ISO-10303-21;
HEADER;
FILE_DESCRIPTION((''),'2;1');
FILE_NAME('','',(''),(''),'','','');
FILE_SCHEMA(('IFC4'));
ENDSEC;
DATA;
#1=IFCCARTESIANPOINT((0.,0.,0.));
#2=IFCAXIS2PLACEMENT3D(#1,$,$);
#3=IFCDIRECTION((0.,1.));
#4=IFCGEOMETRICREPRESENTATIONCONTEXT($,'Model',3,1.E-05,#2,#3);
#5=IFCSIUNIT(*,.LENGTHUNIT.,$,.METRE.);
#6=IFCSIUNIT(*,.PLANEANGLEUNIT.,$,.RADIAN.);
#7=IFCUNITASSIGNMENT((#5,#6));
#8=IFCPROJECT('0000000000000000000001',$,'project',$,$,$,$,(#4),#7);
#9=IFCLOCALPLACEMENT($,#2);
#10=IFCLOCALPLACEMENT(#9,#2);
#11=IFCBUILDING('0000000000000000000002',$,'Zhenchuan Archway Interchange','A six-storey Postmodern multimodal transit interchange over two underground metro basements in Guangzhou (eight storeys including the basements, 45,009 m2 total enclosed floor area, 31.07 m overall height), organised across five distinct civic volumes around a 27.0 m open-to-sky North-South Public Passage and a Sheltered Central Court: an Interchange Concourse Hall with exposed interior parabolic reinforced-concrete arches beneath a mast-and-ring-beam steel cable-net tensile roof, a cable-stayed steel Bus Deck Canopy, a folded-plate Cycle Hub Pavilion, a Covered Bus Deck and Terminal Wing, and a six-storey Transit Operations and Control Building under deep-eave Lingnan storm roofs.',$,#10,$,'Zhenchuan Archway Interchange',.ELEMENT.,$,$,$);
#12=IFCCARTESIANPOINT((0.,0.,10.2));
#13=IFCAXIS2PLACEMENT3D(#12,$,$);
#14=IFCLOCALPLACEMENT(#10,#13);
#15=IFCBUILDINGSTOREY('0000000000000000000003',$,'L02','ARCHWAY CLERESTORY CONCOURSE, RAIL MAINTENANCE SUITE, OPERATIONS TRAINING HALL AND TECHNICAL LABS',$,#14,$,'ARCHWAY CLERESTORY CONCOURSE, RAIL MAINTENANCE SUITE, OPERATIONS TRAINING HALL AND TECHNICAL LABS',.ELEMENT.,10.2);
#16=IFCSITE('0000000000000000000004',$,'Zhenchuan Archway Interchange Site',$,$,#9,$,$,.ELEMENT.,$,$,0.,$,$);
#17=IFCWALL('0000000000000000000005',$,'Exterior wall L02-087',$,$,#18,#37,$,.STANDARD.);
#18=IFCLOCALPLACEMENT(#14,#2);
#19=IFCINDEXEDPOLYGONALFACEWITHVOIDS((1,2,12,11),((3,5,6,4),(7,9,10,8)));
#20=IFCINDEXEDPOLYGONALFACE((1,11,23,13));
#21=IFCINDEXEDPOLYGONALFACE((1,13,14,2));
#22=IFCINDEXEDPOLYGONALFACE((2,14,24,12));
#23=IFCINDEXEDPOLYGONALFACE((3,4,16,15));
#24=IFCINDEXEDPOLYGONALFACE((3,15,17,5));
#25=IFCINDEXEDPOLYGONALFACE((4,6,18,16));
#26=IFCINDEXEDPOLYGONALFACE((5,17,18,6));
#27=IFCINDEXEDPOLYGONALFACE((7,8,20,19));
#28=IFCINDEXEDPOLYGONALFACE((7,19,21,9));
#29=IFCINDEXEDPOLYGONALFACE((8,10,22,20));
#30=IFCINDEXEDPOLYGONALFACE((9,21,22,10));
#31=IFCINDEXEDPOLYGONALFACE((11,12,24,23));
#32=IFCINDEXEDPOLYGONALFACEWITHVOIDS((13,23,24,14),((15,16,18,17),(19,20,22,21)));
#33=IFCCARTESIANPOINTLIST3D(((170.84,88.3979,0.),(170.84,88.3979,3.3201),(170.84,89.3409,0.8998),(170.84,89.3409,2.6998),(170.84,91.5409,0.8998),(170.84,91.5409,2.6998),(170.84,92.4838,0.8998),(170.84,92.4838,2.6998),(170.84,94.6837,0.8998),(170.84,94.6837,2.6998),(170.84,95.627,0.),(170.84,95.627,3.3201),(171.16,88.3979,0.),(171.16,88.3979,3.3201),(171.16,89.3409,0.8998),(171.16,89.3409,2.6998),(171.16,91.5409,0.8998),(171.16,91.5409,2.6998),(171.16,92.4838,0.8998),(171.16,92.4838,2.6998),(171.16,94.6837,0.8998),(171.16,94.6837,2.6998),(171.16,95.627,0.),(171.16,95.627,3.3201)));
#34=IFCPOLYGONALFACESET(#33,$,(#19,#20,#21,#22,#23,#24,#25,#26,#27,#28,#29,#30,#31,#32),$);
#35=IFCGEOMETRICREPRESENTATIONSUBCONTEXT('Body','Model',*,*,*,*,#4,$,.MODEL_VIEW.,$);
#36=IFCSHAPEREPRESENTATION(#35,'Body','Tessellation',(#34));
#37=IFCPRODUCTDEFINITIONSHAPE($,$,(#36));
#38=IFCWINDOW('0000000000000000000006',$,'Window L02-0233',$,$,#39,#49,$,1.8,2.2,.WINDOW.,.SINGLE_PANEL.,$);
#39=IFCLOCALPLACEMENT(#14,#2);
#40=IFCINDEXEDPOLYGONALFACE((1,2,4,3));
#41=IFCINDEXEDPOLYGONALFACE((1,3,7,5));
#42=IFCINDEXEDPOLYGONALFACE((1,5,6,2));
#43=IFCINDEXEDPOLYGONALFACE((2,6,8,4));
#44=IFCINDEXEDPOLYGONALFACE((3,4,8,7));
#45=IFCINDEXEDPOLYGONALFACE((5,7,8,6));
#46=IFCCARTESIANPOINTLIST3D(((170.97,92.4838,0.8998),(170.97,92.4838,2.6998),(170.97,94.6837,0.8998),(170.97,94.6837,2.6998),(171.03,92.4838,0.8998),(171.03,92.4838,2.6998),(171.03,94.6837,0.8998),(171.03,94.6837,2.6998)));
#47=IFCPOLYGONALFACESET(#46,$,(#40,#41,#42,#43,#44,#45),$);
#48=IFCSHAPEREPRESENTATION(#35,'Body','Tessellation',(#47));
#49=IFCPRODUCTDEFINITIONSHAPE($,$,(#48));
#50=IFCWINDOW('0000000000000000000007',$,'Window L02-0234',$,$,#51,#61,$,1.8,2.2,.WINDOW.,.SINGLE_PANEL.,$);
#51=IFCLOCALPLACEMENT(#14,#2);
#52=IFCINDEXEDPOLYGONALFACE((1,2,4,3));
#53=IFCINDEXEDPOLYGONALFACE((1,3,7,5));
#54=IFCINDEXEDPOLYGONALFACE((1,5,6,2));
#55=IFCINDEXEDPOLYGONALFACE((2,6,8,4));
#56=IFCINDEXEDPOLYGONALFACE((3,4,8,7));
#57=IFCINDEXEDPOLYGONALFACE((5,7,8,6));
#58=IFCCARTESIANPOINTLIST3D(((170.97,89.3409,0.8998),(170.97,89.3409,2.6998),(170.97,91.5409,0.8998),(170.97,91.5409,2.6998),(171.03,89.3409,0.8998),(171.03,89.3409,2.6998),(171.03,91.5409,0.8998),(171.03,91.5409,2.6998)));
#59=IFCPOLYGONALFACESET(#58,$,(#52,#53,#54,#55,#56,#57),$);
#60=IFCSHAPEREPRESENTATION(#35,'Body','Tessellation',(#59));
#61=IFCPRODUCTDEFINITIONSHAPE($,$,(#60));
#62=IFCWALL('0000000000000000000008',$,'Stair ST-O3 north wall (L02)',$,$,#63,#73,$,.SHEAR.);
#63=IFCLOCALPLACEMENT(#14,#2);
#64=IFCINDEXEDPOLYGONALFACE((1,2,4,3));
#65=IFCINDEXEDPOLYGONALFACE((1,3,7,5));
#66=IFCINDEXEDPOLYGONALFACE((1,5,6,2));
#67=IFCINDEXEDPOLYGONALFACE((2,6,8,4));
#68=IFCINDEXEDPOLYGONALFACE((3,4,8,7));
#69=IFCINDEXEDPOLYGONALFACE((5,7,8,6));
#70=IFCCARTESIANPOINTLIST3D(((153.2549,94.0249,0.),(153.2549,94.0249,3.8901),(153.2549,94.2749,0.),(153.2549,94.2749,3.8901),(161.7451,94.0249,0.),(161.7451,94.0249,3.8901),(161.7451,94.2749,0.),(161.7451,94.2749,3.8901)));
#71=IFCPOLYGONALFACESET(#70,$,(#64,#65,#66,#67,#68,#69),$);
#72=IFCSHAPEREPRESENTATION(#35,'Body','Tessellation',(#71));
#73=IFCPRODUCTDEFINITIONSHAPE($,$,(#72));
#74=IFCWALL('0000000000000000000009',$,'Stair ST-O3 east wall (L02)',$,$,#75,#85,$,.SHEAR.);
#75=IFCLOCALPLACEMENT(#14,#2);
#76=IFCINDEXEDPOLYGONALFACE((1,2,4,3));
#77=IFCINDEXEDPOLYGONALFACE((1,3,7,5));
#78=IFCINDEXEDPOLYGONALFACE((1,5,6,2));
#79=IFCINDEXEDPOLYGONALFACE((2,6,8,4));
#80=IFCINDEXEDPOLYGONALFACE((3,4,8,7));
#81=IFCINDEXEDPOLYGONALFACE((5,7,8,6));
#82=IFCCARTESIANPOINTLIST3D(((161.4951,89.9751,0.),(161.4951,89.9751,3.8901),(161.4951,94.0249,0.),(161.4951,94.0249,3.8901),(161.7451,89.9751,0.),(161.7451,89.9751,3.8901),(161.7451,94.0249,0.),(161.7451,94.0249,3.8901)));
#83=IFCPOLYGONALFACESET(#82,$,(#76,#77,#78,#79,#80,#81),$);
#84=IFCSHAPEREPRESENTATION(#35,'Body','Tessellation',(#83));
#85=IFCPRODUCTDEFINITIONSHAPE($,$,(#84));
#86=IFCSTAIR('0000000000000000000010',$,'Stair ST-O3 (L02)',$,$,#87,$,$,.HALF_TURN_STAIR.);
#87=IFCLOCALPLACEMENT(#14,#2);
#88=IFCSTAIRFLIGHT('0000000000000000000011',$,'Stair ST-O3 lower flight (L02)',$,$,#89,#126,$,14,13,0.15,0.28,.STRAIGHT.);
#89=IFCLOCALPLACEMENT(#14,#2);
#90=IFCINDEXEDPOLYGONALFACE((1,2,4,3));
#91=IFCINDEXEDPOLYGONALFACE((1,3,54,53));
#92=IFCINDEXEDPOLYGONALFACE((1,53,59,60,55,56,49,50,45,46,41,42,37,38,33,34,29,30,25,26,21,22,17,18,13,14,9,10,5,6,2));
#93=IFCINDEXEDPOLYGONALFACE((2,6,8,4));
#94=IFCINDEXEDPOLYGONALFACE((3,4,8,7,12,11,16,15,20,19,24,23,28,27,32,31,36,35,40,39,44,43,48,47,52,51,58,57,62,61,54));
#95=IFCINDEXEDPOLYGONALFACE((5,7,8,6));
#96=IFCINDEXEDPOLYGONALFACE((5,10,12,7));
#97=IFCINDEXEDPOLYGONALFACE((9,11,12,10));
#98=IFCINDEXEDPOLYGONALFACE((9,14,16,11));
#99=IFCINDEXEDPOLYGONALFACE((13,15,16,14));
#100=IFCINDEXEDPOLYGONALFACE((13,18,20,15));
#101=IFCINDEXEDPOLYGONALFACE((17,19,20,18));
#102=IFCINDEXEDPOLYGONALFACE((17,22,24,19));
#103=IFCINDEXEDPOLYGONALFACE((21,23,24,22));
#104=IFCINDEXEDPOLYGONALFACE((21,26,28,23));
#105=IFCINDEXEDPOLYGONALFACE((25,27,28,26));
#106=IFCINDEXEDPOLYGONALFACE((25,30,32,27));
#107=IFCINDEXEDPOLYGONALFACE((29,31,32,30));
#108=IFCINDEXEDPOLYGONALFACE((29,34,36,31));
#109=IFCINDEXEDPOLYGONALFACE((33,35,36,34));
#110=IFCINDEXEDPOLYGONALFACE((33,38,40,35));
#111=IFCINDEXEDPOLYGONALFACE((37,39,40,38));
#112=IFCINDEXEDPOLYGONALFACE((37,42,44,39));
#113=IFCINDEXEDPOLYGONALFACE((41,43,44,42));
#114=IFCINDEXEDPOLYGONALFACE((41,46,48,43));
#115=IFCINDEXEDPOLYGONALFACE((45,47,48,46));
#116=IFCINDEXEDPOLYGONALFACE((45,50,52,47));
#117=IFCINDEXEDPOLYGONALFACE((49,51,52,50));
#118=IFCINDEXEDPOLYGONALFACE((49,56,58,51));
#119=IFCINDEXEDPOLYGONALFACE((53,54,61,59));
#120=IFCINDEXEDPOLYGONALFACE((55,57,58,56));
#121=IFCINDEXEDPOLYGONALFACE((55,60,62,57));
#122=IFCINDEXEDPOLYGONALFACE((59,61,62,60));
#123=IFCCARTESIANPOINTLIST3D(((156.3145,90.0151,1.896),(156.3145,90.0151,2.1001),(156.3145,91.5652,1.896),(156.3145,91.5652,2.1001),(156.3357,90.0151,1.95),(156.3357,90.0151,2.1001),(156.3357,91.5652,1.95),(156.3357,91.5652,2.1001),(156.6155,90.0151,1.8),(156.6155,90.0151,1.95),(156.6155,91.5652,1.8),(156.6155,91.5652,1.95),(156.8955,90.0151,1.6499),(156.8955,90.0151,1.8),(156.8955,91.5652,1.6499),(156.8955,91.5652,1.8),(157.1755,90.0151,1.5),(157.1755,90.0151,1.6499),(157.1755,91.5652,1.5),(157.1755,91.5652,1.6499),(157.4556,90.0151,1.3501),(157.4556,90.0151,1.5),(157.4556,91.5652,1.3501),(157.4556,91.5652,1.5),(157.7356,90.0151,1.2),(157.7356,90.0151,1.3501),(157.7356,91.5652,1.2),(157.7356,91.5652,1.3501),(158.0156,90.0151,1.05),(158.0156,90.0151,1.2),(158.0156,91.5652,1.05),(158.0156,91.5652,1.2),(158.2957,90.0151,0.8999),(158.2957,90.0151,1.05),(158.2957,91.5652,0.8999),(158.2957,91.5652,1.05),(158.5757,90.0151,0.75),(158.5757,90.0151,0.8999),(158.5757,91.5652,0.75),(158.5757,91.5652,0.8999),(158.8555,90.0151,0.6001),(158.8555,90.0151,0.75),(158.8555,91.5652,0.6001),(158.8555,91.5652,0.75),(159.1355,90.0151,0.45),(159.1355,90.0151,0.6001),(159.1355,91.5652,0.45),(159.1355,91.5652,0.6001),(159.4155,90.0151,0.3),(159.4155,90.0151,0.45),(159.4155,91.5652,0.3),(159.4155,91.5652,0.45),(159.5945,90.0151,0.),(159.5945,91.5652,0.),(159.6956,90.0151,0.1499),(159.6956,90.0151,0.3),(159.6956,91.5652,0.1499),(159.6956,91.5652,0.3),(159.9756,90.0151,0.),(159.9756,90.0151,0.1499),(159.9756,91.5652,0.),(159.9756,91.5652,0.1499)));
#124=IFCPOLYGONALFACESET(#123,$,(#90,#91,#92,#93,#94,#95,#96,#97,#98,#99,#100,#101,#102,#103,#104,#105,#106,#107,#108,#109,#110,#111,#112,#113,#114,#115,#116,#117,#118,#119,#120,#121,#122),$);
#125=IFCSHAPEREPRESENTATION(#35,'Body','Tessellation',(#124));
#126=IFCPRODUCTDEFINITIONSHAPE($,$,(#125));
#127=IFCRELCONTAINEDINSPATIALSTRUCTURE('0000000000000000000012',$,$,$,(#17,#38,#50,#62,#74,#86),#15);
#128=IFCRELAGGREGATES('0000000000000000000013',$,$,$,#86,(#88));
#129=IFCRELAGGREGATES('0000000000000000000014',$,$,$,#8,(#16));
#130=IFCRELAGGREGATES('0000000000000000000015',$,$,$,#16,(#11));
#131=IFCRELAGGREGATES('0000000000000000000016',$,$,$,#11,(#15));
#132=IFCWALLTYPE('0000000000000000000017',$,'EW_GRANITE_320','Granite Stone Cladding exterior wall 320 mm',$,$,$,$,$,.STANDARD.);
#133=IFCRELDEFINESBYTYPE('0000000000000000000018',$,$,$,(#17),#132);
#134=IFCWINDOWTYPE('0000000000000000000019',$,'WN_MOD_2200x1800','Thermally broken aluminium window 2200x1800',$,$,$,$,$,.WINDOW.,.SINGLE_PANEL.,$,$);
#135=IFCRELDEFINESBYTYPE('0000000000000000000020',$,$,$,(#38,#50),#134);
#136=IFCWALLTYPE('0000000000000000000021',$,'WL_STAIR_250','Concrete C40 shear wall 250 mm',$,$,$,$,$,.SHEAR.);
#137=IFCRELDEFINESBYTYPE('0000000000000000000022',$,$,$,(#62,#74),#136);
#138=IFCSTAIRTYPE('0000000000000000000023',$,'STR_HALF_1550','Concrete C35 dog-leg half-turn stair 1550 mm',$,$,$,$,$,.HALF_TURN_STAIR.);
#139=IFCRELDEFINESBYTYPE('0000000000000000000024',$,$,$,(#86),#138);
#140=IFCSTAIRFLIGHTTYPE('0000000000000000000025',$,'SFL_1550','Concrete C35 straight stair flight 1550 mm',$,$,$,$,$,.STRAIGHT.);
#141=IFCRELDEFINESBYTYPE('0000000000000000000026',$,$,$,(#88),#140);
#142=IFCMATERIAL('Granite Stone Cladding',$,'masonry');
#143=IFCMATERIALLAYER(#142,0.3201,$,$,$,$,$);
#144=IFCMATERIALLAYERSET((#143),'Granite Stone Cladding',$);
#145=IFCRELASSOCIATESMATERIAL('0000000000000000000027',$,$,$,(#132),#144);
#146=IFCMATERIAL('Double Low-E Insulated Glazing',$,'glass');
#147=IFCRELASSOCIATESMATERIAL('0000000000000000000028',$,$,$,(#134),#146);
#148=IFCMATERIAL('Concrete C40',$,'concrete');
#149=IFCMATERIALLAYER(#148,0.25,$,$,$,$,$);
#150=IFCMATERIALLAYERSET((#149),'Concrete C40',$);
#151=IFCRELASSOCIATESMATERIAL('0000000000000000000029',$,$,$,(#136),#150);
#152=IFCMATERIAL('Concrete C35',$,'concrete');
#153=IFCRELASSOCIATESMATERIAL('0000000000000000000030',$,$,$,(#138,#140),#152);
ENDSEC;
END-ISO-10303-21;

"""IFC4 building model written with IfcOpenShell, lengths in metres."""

from ifc_helpers import new_model, si_unit, direction, frame, frame_2d, origin, place, context, subcontext, project, spatial, polyline, rectangle, outline, extrude, material, layer, layer_set, type_object, element, fill, aggregate, save


model = new_model("IFC4")

# Units and contexts
model_context = context("Model", 3, precision=1e-05, world=origin(), true_north=direction((0.0, 1.0)))
body_context = subcontext(model_context, "Body", "Model", "MODEL_VIEW")
ifc_project = project(units=[si_unit("LENGTHUNIT", "METRE"), si_unit("PLANEANGLEUNIT", "RADIAN")], contexts=[model_context])

# Site, building, storey
site_placement = place(None, origin())
site = spatial("IfcSite", under=ifc_project, at=site_placement, Name="Zhenchuan Archway Interchange Site", CompositionType="ELEMENT", RefElevation=0.0)
building_placement = place(site_placement, origin())
building = spatial("IfcBuilding", under=site, at=building_placement, Name="Zhenchuan Archway Interchange", Description="A six-storey Postmodern multimodal transit interchange over two underground metro basements in Guangzhou (eight storeys including the basements, 45,009 m2 total enclosed floor area, 31.07 m overall height), organised across five distinct civic volumes around a 27.0 m open-to-sky North-South Public Passage and a Sheltered Central Court: an Interchange Concourse Hall with exposed interior parabolic reinforced-concrete arches beneath a mast-and-ring-beam steel cable-net tensile roof, a cable-stayed steel Bus Deck Canopy, a folded-plate Cycle Hub Pavilion, a Covered Bus Deck and Terminal Wing, and a six-storey Transit Operations and Control Building under deep-eave Lingnan storm roofs.", LongName="Zhenchuan Archway Interchange", CompositionType="ELEMENT")
storey_placement = place(building_placement, frame((0.0, 0.0, 10.2)))
storey = spatial("IfcBuildingStorey", under=building, at=storey_placement, Name="L02", Description="ARCHWAY CLERESTORY CONCOURSE, RAIL MAINTENANCE SUITE, OPERATIONS TRAINING HALL AND TECHNICAL LABS", LongName="ARCHWAY CLERESTORY CONCOURSE, RAIL MAINTENANCE SUITE, OPERATIONS TRAINING HALL AND TECHNICAL LABS", CompositionType="ELEMENT", Elevation=10.2)

# Shared definitions
ifc_material_1 = material(Name="Concrete C40", Category="concrete")

# Wall, openings, windows
ifc_material_2 = material(Name="Granite Stone Cladding", Category="masonry")
ifc_layer_1 = layer(ifc_material_2, 0.3201)
ifc_layer_set_1 = layer_set([ifc_layer_1], Name="Granite Stone Cladding")
wall_type_1 = type_object("IfcWallType", Name="EW_GRANITE_320", Description="Granite Stone Cladding exterior wall 320 mm", PredefinedType="STANDARD", material=ifc_layer_set_1)
wall_1_placement = place(storey_placement, frame((171.0, 95.627, 0.0), z_axis=(0.0, 0.0, 1.0), x_axis=(0.0, -1.0, 0.0)))
wall_1 = element("IfcWall", 1, at=wall_1_placement, inside=storey, type_object=wall_type_1, Name="Exterior wall L02-087", PredefinedType="STANDARD", context=body_context, shape_type="SweptSolid", body=[
    extrude(rectangle(XDim=7.229, YDim=0.3201, at=frame_2d((3.6145, 0.0))), origin(), (0.0, 0.0, 1.0), 3.3201),
])
opening_1_placement = place(wall_1_placement, frame((0.9431, 0.0, 0.8999)))
opening_1 = element("IfcOpeningElement", 2, at=opening_1_placement, cuts=wall_1, PredefinedType="OPENING", context=body_context, shape_type="SweptSolid", body=[
    extrude(rectangle(XDim=2.2, YDim=1.8, at=frame_2d((1.1001, 0.8999))), frame((0.0, 0.1719, 0.0), z_axis=(0.0, -1.0, 0.0), x_axis=(1.0, 0.0, 0.0)), (0.0, 0.0, 1.0), 0.344),
])
opening_2_placement = place(wall_1_placement, frame((4.0859, 0.0, 0.8999)))
opening_2 = element("IfcOpeningElement", 3, at=opening_2_placement, cuts=wall_1, PredefinedType="OPENING", context=body_context, shape_type="SweptSolid", body=[
    extrude(rectangle(XDim=2.2, YDim=1.8, at=frame_2d((1.1001, 0.8999))), frame((0.0, 0.1719, 0.0), z_axis=(0.0, -1.0, 0.0), x_axis=(1.0, 0.0, 0.0)), (0.0, 0.0, 1.0), 0.344),
])
ifc_material_3 = material(Name="Double Low-E Insulated Glazing", Category="glass")
window_type = type_object("IfcWindowType", Name="WN_MOD_2200x1800", Description="Thermally broken aluminium window 2200x1800", PartitioningType="SINGLE_PANEL", PredefinedType="WINDOW", material=ifc_material_3)
window_1_placement = place(opening_1_placement, origin())
window_1 = element("IfcWindow", 4, at=window_1_placement, inside=storey, type_object=window_type, Name="Window L02-0233", OverallHeight=1.8, OverallWidth=2.2, PartitioningType="SINGLE_PANEL", PredefinedType="WINDOW", context=body_context, shape_type="SweptSolid", body=[
    extrude(rectangle(XDim=2.2, YDim=1.8, at=frame_2d((1.1001, 0.8999))), frame((0.0, 0.03, 0.0), z_axis=(0.0, -1.0, 0.0), x_axis=(1.0, 0.0, 0.0)), (0.0, 0.0, 1.0), 0.0601),
])
fill(opening_1, window_1)
window_2_placement = place(opening_2_placement, origin())
window_2 = element("IfcWindow", 5, at=window_2_placement, inside=storey, type_object=window_type, Name="Window L02-0234", OverallHeight=1.8, OverallWidth=2.2, PartitioningType="SINGLE_PANEL", PredefinedType="WINDOW", context=body_context, shape_type="SweptSolid", body=[
    extrude(rectangle(XDim=2.2, YDim=1.8, at=frame_2d((1.1001, 0.8999))), frame((0.0, 0.03, 0.0), z_axis=(0.0, -1.0, 0.0), x_axis=(1.0, 0.0, 0.0)), (0.0, 0.0, 1.0), 0.0601),
])
fill(opening_2, window_2)

# Walls
ifc_layer_2 = layer(ifc_material_1, 0.25)
ifc_layer_set_2 = layer_set([ifc_layer_2], Name="Concrete C40")
wall_type_2 = type_object("IfcWallType", Name="WL_STAIR_250", Description="Concrete C40 shear wall 250 mm", PredefinedType="SHEAR", material=ifc_layer_set_2)
wall_2_placement = place(storey_placement, frame((161.7451, 94.1499, 0.0), z_axis=(0.0, 0.0, 1.0), x_axis=(-1.0, 0.0, 0.0)))
element("IfcWall", 6, at=wall_2_placement, inside=storey, type_object=wall_type_2, Name="Stair ST-O3 north wall (L02)", PredefinedType="SHEAR", context=body_context, shape_type="SweptSolid", body=[
    extrude(rectangle(XDim=8.4902, YDim=0.25, at=frame_2d((4.2451, 0.0))), origin(), (0.0, 0.0, 1.0), 3.8901),
])
wall_3_placement = place(storey_placement, frame((161.6201, 89.9751, 0.0), z_axis=(0.0, 0.0, 1.0), x_axis=(0.0, 1.0, 0.0)))
element("IfcWall", 7, at=wall_3_placement, inside=storey, type_object=wall_type_2, Name="Stair ST-O3 east wall (L02)", PredefinedType="SHEAR", context=body_context, shape_type="SweptSolid", body=[
    extrude(rectangle(XDim=4.0498, YDim=0.25, at=frame_2d((2.0249, 0.0))), origin(), (0.0, 0.0, 1.0), 3.8901),
])

# Stair, stair flight
ifc_material_4 = material(Name="Concrete C35", Category="concrete")
stair_type = type_object("IfcStairType", Name="STR_HALF_1550", Description="Concrete C35 dog-leg half-turn stair 1550 mm", PredefinedType="HALF_TURN_STAIR", material=ifc_material_4)
stair_placement = place(storey_placement, origin())
stair = element("IfcStair", 8, at=stair_placement, inside=storey, type_object=stair_type, Name="Stair ST-O3 (L02)", PredefinedType="HALF_TURN_STAIR")
stair_flight_type = type_object("IfcStairFlightType", Name="SFL_1550", Description="Concrete C35 straight stair flight 1550 mm", PredefinedType="STRAIGHT", material=ifc_material_4)
stair_flight_placement = place(storey_placement, frame((159.9756, 90.79, 0.0), z_axis=(0.0, 0.0, 1.0), x_axis=(-1.0, 0.0, 0.0)))
stair_flight = element("IfcStairFlight", 9, at=stair_flight_placement, type_object=stair_flight_type, Name="Stair ST-O3 lower flight (L02)", NumberOfRisers=14, NumberOfTreads=13, PredefinedType="STRAIGHT", RiserHeight=0.15, TreadLength=0.28, context=body_context, shape_type="SweptSolid", body=[
    extrude(outline(polyline([(0.0, 0.0), (0.0, 0.1499), (0.28, 0.1499), (0.28, 0.3), (0.5601, 0.3), (0.5601, 0.45), (0.8401, 0.45), (0.8401, 0.6001), (1.1201, 0.6001), (1.1201, 0.75), (1.3999, 0.75), (1.3999, 0.8999), (1.6799, 0.8999), (1.6799, 1.05), (1.96, 1.05), (1.96, 1.2), (2.24, 1.2), (2.24, 1.3501), (2.52, 1.3501), (2.52, 1.5), (2.8, 1.5), (2.8, 1.6499), (3.0801, 1.6499), (3.0801, 1.8), (3.3601, 1.8), (3.3601, 1.95), (3.6399, 1.95), (3.6399, 2.1001), (3.6611, 2.1001), (3.6611, 1.896), (0.3811, 0.0), (0.0, 0.0)])), frame((0.0, 0.7749, 0.0), z_axis=(0.0, -1.0, 0.0), x_axis=(1.0, 0.0, 0.0)), (0.0, 0.0, 1.0), 1.55),
])
aggregate(stair, [stair_flight])

save(model, "model.ifc")
